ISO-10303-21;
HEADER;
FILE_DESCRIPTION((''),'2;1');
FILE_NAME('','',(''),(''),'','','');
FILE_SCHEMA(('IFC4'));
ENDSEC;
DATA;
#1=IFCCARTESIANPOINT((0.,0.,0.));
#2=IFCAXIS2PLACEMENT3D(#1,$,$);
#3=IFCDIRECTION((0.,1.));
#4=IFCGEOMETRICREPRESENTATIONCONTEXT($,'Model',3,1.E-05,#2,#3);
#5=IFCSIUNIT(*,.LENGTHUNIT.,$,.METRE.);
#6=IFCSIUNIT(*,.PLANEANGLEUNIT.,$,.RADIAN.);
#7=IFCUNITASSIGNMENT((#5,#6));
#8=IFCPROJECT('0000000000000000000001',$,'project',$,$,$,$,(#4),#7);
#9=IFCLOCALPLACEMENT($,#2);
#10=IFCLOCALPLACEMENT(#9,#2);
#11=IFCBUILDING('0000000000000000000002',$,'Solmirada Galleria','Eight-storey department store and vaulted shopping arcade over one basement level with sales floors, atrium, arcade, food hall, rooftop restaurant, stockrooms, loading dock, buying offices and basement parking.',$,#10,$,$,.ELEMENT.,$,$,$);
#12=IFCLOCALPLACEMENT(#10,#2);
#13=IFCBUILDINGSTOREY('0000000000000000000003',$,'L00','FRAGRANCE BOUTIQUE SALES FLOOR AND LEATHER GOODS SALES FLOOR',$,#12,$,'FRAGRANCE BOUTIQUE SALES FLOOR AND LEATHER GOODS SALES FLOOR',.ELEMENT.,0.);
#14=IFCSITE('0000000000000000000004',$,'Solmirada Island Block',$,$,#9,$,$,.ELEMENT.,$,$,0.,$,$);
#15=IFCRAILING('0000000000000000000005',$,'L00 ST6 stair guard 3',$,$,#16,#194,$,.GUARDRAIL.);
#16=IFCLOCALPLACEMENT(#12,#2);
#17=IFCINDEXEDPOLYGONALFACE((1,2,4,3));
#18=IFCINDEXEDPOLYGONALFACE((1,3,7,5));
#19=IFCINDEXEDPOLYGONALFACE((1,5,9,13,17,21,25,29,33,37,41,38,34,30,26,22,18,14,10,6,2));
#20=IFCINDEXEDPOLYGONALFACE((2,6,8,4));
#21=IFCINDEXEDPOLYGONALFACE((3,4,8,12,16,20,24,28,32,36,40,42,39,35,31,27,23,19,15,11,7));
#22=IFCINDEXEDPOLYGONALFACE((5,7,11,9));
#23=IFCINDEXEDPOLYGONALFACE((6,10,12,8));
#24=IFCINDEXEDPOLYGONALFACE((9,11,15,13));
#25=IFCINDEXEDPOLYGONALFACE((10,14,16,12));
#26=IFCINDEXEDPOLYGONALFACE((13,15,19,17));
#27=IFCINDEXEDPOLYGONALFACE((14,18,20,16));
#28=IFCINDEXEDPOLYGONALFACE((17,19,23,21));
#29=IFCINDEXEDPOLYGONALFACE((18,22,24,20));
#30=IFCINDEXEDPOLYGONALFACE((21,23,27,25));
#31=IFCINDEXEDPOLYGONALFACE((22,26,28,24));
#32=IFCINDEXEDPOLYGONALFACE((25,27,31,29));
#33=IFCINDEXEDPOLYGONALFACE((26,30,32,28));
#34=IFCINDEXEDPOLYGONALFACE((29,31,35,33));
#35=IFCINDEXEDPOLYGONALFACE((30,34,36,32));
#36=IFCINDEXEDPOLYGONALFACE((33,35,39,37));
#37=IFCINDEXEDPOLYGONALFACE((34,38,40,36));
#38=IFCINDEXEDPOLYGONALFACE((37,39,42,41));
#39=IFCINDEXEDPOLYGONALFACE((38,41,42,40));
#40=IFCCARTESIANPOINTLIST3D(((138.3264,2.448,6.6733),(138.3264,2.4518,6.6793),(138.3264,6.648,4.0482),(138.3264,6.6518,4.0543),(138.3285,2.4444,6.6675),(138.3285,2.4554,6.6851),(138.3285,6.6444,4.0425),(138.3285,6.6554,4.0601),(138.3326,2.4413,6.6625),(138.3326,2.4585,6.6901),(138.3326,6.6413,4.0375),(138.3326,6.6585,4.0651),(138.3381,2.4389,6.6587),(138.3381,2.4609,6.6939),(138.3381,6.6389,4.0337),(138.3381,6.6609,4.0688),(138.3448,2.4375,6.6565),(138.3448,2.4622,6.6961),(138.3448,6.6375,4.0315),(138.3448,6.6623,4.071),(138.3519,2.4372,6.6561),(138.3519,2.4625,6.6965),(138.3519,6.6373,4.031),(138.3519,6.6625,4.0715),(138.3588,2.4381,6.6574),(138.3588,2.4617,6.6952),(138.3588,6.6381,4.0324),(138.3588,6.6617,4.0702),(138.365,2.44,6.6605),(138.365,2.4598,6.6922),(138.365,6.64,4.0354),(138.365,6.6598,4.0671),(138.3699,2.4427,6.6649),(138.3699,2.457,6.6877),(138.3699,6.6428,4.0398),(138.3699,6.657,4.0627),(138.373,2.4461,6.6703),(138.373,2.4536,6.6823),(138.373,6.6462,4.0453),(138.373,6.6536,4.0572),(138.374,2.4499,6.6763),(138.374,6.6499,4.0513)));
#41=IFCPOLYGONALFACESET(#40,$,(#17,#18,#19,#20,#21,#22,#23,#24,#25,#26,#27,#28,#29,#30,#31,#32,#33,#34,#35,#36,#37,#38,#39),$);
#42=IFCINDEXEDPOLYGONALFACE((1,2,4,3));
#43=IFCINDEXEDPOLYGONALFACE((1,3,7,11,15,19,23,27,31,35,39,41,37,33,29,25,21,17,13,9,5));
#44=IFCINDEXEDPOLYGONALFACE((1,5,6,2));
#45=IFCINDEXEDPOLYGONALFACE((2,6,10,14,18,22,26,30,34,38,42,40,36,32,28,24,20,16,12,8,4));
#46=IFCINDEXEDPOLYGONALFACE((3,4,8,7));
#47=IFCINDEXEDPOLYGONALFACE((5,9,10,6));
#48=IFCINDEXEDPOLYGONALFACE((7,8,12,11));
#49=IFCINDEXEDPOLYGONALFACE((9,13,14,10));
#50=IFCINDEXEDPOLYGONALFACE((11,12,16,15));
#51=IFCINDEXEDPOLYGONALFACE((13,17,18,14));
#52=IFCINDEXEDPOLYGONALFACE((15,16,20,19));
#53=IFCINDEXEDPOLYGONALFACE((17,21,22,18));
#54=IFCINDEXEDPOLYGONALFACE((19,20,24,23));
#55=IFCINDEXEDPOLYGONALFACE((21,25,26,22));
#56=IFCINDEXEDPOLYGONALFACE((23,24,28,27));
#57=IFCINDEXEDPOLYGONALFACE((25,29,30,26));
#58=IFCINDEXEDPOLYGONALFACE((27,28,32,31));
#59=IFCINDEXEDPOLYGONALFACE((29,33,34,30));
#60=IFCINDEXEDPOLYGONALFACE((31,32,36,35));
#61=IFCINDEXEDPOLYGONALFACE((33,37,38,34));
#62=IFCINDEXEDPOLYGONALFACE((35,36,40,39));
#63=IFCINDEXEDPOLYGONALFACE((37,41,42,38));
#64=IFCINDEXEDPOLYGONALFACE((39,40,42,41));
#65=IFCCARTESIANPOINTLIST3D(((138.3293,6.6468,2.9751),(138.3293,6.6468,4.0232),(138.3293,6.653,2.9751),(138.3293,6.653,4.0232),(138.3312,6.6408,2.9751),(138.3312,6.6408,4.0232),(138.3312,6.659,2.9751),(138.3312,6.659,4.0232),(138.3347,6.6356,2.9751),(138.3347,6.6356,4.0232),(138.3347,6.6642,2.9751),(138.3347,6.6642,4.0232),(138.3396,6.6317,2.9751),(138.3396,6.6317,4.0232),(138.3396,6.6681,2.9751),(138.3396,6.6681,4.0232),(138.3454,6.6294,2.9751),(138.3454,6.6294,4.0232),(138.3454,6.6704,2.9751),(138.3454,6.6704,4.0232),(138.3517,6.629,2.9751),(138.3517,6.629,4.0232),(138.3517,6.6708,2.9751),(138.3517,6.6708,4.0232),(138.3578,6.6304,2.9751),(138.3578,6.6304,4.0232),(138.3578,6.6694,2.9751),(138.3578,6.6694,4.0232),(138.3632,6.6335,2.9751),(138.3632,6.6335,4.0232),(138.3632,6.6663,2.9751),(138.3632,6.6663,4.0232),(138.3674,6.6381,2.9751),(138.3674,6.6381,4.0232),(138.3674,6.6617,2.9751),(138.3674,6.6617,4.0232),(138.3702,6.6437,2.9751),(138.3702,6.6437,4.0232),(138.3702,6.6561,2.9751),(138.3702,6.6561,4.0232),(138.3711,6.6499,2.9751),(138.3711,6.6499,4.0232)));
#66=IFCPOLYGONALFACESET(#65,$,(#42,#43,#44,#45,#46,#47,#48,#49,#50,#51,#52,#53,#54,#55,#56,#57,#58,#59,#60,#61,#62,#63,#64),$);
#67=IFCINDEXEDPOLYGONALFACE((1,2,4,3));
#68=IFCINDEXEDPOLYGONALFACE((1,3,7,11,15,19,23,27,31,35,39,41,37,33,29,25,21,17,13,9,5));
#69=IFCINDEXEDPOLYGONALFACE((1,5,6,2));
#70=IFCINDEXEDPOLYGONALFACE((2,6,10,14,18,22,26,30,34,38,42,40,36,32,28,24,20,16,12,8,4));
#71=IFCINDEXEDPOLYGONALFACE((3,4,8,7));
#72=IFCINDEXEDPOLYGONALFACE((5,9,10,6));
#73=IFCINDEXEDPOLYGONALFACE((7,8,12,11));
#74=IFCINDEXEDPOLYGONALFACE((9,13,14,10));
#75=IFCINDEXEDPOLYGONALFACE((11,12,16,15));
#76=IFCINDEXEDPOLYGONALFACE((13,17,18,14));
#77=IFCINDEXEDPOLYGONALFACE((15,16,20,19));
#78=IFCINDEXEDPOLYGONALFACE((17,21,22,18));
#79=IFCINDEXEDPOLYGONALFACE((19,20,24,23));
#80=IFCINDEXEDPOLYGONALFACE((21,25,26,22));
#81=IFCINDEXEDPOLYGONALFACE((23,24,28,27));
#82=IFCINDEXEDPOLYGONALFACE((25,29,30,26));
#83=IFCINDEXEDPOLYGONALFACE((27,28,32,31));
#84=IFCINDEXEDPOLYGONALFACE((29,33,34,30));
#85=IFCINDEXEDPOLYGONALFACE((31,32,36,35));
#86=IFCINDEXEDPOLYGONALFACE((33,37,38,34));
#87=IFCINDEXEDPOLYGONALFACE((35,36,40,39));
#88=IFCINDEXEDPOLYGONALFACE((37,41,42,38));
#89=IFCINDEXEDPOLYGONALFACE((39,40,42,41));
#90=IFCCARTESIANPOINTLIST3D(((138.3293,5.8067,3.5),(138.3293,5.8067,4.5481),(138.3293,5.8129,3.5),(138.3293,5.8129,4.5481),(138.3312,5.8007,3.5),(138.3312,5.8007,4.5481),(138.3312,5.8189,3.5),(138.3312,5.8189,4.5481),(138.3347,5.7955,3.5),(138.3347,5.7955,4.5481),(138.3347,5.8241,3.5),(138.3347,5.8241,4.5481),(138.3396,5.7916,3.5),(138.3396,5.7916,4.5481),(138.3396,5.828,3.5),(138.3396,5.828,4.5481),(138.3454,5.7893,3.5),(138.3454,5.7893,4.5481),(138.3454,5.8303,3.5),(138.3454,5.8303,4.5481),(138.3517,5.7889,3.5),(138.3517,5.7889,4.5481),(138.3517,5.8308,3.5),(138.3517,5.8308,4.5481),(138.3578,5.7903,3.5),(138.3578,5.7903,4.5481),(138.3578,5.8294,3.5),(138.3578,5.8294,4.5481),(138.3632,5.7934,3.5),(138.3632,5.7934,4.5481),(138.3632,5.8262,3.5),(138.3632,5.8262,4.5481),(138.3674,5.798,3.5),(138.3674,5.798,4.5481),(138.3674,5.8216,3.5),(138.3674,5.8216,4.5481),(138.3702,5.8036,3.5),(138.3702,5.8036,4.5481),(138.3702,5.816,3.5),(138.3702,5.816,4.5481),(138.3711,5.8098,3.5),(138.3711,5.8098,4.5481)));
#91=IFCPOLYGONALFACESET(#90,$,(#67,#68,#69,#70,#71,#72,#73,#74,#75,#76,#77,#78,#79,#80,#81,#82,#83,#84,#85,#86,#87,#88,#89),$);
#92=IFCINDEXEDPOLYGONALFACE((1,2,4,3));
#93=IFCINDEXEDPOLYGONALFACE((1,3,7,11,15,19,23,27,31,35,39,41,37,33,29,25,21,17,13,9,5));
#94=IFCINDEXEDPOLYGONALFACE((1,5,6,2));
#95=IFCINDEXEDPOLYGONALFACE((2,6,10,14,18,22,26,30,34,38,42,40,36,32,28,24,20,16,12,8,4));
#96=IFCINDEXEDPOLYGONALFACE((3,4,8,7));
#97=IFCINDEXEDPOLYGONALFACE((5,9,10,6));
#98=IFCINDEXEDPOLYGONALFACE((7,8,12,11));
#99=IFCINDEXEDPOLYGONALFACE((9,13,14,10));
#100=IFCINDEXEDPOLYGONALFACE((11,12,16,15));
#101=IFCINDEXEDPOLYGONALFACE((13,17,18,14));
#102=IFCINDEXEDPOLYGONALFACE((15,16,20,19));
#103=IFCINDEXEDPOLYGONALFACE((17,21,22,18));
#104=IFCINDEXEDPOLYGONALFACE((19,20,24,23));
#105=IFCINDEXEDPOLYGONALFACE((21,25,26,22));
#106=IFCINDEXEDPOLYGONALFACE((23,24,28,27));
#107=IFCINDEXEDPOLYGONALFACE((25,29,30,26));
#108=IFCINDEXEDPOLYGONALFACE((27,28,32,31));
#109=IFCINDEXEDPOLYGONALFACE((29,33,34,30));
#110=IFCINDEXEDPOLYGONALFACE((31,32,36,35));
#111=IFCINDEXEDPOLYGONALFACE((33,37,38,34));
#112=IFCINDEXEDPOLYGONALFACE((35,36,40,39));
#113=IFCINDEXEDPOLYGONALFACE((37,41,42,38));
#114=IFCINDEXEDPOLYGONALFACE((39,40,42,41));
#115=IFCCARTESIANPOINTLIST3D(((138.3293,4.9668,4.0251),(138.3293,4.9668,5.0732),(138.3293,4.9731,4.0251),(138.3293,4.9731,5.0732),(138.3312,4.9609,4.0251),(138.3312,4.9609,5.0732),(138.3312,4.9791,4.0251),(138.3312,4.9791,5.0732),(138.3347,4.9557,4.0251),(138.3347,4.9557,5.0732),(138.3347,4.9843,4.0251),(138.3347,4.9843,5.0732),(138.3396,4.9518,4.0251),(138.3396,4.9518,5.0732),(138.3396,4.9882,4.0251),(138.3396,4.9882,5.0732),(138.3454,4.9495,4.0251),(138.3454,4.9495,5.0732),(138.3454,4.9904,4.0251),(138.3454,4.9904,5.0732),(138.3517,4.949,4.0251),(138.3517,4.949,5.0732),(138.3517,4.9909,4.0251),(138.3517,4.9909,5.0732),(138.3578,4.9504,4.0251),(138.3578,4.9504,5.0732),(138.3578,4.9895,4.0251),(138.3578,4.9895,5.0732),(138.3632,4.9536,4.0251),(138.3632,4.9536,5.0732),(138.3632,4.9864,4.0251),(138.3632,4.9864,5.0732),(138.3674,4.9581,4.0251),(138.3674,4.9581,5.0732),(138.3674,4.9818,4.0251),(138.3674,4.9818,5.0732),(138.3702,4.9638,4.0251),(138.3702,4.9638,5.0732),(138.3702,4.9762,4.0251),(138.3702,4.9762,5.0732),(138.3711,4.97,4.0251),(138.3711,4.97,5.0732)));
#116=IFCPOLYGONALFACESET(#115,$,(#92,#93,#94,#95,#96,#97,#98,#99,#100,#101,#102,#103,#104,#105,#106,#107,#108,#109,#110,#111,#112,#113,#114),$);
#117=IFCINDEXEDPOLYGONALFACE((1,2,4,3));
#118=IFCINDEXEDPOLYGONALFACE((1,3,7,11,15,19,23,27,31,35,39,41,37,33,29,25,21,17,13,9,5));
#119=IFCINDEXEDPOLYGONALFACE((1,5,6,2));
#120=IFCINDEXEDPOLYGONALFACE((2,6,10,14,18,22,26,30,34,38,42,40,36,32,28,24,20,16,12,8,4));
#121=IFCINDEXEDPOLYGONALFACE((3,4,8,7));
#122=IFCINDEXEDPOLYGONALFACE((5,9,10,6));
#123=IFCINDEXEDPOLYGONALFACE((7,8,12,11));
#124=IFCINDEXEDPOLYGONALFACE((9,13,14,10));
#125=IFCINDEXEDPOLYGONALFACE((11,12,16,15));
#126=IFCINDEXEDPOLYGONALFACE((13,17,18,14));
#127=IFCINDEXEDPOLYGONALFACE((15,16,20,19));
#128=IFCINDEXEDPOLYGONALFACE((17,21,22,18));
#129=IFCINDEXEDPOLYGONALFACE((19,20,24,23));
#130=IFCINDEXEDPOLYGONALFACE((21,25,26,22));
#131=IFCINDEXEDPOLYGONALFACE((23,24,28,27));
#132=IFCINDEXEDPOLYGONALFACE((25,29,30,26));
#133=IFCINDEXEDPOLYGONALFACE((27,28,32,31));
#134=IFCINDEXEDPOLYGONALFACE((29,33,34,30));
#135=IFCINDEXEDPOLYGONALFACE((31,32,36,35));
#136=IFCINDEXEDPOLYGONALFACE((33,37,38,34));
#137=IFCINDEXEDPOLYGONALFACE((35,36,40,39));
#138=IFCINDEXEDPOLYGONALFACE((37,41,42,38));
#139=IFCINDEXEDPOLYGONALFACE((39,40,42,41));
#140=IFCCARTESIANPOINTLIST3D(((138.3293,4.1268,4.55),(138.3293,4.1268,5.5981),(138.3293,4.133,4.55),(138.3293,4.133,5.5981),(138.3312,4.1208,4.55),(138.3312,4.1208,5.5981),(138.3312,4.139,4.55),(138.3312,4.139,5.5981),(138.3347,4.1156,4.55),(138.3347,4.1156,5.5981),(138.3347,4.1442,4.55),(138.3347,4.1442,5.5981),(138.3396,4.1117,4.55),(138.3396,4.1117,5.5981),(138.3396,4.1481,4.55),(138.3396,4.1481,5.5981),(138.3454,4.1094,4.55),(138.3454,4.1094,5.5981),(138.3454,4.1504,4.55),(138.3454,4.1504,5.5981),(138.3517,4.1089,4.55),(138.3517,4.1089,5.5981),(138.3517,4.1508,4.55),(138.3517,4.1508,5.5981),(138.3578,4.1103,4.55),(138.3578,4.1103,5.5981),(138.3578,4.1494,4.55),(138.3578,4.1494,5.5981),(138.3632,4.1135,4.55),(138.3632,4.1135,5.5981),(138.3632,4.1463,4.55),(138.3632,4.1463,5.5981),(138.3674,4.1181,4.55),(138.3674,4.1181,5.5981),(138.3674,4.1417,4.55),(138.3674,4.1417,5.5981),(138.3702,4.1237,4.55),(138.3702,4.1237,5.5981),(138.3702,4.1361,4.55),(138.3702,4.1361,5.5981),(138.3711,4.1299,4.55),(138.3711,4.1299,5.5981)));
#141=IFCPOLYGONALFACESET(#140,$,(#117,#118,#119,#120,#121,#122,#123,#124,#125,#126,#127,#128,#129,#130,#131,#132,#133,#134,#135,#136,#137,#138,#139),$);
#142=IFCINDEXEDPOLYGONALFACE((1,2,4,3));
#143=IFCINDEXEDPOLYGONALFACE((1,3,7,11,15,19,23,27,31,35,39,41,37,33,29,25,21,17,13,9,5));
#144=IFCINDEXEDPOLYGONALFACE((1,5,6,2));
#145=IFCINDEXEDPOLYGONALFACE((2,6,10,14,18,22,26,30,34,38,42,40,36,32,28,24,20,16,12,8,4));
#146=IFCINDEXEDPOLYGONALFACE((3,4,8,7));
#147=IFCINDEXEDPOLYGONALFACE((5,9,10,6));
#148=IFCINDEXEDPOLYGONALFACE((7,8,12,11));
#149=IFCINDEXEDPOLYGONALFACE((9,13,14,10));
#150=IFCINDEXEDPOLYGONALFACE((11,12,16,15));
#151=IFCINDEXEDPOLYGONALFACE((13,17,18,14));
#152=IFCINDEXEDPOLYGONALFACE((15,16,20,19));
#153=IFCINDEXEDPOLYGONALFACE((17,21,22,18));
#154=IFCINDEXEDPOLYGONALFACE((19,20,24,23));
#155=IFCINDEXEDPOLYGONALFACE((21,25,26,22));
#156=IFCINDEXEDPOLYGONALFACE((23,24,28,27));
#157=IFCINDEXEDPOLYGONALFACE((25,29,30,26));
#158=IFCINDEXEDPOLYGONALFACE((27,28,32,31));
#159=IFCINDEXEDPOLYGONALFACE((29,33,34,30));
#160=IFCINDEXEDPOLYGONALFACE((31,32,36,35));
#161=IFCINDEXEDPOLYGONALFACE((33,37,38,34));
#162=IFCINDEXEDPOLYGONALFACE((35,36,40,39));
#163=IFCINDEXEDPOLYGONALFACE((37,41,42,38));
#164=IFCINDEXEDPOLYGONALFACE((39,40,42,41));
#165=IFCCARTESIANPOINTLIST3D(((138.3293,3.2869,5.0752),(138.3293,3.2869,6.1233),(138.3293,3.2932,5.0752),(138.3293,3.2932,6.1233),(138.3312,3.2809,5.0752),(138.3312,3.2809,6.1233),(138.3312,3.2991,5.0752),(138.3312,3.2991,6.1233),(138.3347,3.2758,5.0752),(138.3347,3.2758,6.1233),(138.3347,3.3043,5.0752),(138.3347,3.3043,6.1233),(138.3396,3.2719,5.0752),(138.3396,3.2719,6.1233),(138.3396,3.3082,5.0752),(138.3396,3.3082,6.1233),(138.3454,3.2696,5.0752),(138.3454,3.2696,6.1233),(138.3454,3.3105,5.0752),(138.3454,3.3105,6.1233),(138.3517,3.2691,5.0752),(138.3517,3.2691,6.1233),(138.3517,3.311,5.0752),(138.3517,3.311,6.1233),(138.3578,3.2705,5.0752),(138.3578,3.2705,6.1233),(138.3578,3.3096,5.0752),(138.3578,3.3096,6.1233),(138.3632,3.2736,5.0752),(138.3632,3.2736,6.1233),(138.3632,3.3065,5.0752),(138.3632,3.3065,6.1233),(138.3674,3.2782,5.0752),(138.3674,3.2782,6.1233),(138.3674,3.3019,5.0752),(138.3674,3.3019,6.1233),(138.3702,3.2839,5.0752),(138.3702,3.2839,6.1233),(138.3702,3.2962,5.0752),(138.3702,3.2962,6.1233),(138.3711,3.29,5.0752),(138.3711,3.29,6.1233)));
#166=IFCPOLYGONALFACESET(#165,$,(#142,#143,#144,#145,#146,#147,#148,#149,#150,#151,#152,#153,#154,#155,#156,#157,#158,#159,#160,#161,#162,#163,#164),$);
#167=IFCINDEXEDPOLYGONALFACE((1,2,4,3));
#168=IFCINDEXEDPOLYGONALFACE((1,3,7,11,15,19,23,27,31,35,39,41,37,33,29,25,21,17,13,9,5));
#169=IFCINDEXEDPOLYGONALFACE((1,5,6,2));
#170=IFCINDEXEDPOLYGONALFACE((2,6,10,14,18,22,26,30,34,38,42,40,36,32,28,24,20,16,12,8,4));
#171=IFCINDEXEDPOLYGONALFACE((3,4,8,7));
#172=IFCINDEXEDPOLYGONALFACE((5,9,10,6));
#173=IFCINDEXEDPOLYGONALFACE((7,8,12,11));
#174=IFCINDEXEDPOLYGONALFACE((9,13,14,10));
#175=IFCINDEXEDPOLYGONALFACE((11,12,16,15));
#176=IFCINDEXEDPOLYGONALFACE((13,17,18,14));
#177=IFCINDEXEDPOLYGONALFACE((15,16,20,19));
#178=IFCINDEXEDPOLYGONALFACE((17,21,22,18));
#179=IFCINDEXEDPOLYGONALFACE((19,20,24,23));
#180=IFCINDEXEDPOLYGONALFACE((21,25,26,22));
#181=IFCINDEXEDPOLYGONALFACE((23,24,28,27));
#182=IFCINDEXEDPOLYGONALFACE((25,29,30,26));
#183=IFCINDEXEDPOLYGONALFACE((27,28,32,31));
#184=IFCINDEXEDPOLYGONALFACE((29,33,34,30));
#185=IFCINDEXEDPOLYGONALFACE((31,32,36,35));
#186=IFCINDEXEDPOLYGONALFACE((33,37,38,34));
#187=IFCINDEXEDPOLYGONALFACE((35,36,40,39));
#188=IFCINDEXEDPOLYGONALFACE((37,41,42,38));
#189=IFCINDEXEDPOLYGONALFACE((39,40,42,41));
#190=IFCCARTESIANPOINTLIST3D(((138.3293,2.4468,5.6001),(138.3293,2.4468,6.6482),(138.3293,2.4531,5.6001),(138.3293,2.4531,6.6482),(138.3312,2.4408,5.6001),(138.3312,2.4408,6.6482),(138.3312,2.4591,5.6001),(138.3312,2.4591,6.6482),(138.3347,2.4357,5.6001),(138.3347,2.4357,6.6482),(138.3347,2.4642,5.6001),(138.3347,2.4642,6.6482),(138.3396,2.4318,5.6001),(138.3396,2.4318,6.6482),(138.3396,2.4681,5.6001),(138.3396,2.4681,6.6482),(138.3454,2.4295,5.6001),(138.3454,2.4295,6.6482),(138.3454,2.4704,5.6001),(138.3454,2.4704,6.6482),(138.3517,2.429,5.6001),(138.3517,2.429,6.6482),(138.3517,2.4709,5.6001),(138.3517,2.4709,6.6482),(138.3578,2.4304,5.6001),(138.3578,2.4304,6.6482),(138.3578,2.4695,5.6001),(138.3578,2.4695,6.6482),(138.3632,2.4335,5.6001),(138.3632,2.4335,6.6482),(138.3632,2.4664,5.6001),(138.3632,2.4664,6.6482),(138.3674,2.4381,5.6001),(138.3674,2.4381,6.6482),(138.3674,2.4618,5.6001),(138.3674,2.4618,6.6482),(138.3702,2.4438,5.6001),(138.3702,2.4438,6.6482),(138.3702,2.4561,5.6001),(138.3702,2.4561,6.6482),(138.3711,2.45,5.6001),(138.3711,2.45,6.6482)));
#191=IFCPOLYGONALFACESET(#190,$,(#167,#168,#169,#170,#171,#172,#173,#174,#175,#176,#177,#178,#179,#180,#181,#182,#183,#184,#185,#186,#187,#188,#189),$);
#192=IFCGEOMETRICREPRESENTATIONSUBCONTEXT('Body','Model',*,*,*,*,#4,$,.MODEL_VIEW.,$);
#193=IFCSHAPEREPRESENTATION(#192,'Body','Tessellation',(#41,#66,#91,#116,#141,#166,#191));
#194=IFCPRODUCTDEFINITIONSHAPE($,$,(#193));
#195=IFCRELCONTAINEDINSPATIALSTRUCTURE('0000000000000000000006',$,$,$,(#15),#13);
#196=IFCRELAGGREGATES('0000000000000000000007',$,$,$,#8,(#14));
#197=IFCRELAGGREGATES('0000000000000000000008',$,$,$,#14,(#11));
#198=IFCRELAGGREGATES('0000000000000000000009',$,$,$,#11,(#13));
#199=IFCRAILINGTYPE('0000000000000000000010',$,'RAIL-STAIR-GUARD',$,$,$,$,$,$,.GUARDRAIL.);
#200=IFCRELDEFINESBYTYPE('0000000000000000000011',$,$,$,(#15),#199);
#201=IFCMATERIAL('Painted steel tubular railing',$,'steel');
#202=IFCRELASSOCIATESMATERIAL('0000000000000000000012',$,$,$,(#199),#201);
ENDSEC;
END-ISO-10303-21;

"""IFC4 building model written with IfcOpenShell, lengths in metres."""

from ifc_helpers import new_model, si_unit, direction, frame, origin, origin_2d, place, context, subcontext, project, spatial, circle, extrude, material, type_object, element, save


model = new_model("IFC4")

# Units and contexts
model_context = context("Model", 3, precision=1e-05, world=origin(), true_north=direction((0.0, 1.0)))
body_context = subcontext(model_context, "Body", "Model", "MODEL_VIEW")
ifc_project = project(units=[si_unit("LENGTHUNIT", "METRE"), si_unit("PLANEANGLEUNIT", "RADIAN")], contexts=[model_context])

# Site, building, storey
site_placement = place(None, origin())
site = spatial("IfcSite", under=ifc_project, at=site_placement, Name="Solmirada Island Block", CompositionType="ELEMENT", RefElevation=0.0)
building_placement = place(site_placement, origin())
building = spatial("IfcBuilding", under=site, at=building_placement, Name="Solmirada Galleria", Description="Eight-storey department store and vaulted shopping arcade over one basement level with sales floors, atrium, arcade, food hall, rooftop restaurant, stockrooms, loading dock, buying offices and basement parking.", CompositionType="ELEMENT")
storey_placement = place(building_placement, origin())
storey = spatial("IfcBuildingStorey", under=building, at=storey_placement, Name="L00", Description="FRAGRANCE BOUTIQUE SALES FLOOR AND LEATHER GOODS SALES FLOOR", LongName="FRAGRANCE BOUTIQUE SALES FLOOR AND LEATHER GOODS SALES FLOOR", CompositionType="ELEMENT", Elevation=0.0)

# Railing
ifc_material_1 = material(Name="Painted steel tubular railing", Category="steel")
railing_type_1 = type_object("IfcRailingType", Name="RAIL-STAIR-GUARD", PredefinedType="GUARDRAIL", material=ifc_material_1)
railing_1_placement = place(storey_placement, frame((138.3501, 6.6499, 2.9751)))
element("IfcRailing", 1, at=railing_1_placement, inside=storey, type_object=railing_type_1, Name="L00 ST6 stair guard 3", PredefinedType="GUARDRAIL", context=body_context, shape_type="SweptSolid", body=[
    extrude(circle(Radius=0.0239, at=origin_2d()), frame((0.0, 0.0, 1.0762), z_axis=(0.0, -0.847996, 0.530003), x_axis=(1.0, 0.0, 0.0)), (0.0, 0.0, 1.0), 4.9529),
    extrude(circle(Radius=0.021, at=origin_2d()), origin(), (0.0, 0.0, 1.0), 1.0481),
    extrude(circle(Radius=0.021, at=origin_2d()), frame((0.0, -0.8401, 0.5249)), (0.0, 0.0, 1.0), 1.0481),
    extrude(circle(Radius=0.021, at=origin_2d()), frame((0.0, -1.6799, 1.05)), (0.0, 0.0, 1.0), 1.0481),
    extrude(circle(Radius=0.021, at=origin_2d()), frame((0.0, -2.52, 1.575)), (0.0, 0.0, 1.0), 1.0481),
    extrude(circle(Radius=0.021, at=origin_2d()), frame((0.0, -3.3599, 2.1001)), (0.0, 0.0, 1.0), 1.0481),
    extrude(circle(Radius=0.021, at=origin_2d()), frame((0.0, -4.2, 2.625)), (0.0, 0.0, 1.0), 1.0481),
])

save(model, "model.ifc")
